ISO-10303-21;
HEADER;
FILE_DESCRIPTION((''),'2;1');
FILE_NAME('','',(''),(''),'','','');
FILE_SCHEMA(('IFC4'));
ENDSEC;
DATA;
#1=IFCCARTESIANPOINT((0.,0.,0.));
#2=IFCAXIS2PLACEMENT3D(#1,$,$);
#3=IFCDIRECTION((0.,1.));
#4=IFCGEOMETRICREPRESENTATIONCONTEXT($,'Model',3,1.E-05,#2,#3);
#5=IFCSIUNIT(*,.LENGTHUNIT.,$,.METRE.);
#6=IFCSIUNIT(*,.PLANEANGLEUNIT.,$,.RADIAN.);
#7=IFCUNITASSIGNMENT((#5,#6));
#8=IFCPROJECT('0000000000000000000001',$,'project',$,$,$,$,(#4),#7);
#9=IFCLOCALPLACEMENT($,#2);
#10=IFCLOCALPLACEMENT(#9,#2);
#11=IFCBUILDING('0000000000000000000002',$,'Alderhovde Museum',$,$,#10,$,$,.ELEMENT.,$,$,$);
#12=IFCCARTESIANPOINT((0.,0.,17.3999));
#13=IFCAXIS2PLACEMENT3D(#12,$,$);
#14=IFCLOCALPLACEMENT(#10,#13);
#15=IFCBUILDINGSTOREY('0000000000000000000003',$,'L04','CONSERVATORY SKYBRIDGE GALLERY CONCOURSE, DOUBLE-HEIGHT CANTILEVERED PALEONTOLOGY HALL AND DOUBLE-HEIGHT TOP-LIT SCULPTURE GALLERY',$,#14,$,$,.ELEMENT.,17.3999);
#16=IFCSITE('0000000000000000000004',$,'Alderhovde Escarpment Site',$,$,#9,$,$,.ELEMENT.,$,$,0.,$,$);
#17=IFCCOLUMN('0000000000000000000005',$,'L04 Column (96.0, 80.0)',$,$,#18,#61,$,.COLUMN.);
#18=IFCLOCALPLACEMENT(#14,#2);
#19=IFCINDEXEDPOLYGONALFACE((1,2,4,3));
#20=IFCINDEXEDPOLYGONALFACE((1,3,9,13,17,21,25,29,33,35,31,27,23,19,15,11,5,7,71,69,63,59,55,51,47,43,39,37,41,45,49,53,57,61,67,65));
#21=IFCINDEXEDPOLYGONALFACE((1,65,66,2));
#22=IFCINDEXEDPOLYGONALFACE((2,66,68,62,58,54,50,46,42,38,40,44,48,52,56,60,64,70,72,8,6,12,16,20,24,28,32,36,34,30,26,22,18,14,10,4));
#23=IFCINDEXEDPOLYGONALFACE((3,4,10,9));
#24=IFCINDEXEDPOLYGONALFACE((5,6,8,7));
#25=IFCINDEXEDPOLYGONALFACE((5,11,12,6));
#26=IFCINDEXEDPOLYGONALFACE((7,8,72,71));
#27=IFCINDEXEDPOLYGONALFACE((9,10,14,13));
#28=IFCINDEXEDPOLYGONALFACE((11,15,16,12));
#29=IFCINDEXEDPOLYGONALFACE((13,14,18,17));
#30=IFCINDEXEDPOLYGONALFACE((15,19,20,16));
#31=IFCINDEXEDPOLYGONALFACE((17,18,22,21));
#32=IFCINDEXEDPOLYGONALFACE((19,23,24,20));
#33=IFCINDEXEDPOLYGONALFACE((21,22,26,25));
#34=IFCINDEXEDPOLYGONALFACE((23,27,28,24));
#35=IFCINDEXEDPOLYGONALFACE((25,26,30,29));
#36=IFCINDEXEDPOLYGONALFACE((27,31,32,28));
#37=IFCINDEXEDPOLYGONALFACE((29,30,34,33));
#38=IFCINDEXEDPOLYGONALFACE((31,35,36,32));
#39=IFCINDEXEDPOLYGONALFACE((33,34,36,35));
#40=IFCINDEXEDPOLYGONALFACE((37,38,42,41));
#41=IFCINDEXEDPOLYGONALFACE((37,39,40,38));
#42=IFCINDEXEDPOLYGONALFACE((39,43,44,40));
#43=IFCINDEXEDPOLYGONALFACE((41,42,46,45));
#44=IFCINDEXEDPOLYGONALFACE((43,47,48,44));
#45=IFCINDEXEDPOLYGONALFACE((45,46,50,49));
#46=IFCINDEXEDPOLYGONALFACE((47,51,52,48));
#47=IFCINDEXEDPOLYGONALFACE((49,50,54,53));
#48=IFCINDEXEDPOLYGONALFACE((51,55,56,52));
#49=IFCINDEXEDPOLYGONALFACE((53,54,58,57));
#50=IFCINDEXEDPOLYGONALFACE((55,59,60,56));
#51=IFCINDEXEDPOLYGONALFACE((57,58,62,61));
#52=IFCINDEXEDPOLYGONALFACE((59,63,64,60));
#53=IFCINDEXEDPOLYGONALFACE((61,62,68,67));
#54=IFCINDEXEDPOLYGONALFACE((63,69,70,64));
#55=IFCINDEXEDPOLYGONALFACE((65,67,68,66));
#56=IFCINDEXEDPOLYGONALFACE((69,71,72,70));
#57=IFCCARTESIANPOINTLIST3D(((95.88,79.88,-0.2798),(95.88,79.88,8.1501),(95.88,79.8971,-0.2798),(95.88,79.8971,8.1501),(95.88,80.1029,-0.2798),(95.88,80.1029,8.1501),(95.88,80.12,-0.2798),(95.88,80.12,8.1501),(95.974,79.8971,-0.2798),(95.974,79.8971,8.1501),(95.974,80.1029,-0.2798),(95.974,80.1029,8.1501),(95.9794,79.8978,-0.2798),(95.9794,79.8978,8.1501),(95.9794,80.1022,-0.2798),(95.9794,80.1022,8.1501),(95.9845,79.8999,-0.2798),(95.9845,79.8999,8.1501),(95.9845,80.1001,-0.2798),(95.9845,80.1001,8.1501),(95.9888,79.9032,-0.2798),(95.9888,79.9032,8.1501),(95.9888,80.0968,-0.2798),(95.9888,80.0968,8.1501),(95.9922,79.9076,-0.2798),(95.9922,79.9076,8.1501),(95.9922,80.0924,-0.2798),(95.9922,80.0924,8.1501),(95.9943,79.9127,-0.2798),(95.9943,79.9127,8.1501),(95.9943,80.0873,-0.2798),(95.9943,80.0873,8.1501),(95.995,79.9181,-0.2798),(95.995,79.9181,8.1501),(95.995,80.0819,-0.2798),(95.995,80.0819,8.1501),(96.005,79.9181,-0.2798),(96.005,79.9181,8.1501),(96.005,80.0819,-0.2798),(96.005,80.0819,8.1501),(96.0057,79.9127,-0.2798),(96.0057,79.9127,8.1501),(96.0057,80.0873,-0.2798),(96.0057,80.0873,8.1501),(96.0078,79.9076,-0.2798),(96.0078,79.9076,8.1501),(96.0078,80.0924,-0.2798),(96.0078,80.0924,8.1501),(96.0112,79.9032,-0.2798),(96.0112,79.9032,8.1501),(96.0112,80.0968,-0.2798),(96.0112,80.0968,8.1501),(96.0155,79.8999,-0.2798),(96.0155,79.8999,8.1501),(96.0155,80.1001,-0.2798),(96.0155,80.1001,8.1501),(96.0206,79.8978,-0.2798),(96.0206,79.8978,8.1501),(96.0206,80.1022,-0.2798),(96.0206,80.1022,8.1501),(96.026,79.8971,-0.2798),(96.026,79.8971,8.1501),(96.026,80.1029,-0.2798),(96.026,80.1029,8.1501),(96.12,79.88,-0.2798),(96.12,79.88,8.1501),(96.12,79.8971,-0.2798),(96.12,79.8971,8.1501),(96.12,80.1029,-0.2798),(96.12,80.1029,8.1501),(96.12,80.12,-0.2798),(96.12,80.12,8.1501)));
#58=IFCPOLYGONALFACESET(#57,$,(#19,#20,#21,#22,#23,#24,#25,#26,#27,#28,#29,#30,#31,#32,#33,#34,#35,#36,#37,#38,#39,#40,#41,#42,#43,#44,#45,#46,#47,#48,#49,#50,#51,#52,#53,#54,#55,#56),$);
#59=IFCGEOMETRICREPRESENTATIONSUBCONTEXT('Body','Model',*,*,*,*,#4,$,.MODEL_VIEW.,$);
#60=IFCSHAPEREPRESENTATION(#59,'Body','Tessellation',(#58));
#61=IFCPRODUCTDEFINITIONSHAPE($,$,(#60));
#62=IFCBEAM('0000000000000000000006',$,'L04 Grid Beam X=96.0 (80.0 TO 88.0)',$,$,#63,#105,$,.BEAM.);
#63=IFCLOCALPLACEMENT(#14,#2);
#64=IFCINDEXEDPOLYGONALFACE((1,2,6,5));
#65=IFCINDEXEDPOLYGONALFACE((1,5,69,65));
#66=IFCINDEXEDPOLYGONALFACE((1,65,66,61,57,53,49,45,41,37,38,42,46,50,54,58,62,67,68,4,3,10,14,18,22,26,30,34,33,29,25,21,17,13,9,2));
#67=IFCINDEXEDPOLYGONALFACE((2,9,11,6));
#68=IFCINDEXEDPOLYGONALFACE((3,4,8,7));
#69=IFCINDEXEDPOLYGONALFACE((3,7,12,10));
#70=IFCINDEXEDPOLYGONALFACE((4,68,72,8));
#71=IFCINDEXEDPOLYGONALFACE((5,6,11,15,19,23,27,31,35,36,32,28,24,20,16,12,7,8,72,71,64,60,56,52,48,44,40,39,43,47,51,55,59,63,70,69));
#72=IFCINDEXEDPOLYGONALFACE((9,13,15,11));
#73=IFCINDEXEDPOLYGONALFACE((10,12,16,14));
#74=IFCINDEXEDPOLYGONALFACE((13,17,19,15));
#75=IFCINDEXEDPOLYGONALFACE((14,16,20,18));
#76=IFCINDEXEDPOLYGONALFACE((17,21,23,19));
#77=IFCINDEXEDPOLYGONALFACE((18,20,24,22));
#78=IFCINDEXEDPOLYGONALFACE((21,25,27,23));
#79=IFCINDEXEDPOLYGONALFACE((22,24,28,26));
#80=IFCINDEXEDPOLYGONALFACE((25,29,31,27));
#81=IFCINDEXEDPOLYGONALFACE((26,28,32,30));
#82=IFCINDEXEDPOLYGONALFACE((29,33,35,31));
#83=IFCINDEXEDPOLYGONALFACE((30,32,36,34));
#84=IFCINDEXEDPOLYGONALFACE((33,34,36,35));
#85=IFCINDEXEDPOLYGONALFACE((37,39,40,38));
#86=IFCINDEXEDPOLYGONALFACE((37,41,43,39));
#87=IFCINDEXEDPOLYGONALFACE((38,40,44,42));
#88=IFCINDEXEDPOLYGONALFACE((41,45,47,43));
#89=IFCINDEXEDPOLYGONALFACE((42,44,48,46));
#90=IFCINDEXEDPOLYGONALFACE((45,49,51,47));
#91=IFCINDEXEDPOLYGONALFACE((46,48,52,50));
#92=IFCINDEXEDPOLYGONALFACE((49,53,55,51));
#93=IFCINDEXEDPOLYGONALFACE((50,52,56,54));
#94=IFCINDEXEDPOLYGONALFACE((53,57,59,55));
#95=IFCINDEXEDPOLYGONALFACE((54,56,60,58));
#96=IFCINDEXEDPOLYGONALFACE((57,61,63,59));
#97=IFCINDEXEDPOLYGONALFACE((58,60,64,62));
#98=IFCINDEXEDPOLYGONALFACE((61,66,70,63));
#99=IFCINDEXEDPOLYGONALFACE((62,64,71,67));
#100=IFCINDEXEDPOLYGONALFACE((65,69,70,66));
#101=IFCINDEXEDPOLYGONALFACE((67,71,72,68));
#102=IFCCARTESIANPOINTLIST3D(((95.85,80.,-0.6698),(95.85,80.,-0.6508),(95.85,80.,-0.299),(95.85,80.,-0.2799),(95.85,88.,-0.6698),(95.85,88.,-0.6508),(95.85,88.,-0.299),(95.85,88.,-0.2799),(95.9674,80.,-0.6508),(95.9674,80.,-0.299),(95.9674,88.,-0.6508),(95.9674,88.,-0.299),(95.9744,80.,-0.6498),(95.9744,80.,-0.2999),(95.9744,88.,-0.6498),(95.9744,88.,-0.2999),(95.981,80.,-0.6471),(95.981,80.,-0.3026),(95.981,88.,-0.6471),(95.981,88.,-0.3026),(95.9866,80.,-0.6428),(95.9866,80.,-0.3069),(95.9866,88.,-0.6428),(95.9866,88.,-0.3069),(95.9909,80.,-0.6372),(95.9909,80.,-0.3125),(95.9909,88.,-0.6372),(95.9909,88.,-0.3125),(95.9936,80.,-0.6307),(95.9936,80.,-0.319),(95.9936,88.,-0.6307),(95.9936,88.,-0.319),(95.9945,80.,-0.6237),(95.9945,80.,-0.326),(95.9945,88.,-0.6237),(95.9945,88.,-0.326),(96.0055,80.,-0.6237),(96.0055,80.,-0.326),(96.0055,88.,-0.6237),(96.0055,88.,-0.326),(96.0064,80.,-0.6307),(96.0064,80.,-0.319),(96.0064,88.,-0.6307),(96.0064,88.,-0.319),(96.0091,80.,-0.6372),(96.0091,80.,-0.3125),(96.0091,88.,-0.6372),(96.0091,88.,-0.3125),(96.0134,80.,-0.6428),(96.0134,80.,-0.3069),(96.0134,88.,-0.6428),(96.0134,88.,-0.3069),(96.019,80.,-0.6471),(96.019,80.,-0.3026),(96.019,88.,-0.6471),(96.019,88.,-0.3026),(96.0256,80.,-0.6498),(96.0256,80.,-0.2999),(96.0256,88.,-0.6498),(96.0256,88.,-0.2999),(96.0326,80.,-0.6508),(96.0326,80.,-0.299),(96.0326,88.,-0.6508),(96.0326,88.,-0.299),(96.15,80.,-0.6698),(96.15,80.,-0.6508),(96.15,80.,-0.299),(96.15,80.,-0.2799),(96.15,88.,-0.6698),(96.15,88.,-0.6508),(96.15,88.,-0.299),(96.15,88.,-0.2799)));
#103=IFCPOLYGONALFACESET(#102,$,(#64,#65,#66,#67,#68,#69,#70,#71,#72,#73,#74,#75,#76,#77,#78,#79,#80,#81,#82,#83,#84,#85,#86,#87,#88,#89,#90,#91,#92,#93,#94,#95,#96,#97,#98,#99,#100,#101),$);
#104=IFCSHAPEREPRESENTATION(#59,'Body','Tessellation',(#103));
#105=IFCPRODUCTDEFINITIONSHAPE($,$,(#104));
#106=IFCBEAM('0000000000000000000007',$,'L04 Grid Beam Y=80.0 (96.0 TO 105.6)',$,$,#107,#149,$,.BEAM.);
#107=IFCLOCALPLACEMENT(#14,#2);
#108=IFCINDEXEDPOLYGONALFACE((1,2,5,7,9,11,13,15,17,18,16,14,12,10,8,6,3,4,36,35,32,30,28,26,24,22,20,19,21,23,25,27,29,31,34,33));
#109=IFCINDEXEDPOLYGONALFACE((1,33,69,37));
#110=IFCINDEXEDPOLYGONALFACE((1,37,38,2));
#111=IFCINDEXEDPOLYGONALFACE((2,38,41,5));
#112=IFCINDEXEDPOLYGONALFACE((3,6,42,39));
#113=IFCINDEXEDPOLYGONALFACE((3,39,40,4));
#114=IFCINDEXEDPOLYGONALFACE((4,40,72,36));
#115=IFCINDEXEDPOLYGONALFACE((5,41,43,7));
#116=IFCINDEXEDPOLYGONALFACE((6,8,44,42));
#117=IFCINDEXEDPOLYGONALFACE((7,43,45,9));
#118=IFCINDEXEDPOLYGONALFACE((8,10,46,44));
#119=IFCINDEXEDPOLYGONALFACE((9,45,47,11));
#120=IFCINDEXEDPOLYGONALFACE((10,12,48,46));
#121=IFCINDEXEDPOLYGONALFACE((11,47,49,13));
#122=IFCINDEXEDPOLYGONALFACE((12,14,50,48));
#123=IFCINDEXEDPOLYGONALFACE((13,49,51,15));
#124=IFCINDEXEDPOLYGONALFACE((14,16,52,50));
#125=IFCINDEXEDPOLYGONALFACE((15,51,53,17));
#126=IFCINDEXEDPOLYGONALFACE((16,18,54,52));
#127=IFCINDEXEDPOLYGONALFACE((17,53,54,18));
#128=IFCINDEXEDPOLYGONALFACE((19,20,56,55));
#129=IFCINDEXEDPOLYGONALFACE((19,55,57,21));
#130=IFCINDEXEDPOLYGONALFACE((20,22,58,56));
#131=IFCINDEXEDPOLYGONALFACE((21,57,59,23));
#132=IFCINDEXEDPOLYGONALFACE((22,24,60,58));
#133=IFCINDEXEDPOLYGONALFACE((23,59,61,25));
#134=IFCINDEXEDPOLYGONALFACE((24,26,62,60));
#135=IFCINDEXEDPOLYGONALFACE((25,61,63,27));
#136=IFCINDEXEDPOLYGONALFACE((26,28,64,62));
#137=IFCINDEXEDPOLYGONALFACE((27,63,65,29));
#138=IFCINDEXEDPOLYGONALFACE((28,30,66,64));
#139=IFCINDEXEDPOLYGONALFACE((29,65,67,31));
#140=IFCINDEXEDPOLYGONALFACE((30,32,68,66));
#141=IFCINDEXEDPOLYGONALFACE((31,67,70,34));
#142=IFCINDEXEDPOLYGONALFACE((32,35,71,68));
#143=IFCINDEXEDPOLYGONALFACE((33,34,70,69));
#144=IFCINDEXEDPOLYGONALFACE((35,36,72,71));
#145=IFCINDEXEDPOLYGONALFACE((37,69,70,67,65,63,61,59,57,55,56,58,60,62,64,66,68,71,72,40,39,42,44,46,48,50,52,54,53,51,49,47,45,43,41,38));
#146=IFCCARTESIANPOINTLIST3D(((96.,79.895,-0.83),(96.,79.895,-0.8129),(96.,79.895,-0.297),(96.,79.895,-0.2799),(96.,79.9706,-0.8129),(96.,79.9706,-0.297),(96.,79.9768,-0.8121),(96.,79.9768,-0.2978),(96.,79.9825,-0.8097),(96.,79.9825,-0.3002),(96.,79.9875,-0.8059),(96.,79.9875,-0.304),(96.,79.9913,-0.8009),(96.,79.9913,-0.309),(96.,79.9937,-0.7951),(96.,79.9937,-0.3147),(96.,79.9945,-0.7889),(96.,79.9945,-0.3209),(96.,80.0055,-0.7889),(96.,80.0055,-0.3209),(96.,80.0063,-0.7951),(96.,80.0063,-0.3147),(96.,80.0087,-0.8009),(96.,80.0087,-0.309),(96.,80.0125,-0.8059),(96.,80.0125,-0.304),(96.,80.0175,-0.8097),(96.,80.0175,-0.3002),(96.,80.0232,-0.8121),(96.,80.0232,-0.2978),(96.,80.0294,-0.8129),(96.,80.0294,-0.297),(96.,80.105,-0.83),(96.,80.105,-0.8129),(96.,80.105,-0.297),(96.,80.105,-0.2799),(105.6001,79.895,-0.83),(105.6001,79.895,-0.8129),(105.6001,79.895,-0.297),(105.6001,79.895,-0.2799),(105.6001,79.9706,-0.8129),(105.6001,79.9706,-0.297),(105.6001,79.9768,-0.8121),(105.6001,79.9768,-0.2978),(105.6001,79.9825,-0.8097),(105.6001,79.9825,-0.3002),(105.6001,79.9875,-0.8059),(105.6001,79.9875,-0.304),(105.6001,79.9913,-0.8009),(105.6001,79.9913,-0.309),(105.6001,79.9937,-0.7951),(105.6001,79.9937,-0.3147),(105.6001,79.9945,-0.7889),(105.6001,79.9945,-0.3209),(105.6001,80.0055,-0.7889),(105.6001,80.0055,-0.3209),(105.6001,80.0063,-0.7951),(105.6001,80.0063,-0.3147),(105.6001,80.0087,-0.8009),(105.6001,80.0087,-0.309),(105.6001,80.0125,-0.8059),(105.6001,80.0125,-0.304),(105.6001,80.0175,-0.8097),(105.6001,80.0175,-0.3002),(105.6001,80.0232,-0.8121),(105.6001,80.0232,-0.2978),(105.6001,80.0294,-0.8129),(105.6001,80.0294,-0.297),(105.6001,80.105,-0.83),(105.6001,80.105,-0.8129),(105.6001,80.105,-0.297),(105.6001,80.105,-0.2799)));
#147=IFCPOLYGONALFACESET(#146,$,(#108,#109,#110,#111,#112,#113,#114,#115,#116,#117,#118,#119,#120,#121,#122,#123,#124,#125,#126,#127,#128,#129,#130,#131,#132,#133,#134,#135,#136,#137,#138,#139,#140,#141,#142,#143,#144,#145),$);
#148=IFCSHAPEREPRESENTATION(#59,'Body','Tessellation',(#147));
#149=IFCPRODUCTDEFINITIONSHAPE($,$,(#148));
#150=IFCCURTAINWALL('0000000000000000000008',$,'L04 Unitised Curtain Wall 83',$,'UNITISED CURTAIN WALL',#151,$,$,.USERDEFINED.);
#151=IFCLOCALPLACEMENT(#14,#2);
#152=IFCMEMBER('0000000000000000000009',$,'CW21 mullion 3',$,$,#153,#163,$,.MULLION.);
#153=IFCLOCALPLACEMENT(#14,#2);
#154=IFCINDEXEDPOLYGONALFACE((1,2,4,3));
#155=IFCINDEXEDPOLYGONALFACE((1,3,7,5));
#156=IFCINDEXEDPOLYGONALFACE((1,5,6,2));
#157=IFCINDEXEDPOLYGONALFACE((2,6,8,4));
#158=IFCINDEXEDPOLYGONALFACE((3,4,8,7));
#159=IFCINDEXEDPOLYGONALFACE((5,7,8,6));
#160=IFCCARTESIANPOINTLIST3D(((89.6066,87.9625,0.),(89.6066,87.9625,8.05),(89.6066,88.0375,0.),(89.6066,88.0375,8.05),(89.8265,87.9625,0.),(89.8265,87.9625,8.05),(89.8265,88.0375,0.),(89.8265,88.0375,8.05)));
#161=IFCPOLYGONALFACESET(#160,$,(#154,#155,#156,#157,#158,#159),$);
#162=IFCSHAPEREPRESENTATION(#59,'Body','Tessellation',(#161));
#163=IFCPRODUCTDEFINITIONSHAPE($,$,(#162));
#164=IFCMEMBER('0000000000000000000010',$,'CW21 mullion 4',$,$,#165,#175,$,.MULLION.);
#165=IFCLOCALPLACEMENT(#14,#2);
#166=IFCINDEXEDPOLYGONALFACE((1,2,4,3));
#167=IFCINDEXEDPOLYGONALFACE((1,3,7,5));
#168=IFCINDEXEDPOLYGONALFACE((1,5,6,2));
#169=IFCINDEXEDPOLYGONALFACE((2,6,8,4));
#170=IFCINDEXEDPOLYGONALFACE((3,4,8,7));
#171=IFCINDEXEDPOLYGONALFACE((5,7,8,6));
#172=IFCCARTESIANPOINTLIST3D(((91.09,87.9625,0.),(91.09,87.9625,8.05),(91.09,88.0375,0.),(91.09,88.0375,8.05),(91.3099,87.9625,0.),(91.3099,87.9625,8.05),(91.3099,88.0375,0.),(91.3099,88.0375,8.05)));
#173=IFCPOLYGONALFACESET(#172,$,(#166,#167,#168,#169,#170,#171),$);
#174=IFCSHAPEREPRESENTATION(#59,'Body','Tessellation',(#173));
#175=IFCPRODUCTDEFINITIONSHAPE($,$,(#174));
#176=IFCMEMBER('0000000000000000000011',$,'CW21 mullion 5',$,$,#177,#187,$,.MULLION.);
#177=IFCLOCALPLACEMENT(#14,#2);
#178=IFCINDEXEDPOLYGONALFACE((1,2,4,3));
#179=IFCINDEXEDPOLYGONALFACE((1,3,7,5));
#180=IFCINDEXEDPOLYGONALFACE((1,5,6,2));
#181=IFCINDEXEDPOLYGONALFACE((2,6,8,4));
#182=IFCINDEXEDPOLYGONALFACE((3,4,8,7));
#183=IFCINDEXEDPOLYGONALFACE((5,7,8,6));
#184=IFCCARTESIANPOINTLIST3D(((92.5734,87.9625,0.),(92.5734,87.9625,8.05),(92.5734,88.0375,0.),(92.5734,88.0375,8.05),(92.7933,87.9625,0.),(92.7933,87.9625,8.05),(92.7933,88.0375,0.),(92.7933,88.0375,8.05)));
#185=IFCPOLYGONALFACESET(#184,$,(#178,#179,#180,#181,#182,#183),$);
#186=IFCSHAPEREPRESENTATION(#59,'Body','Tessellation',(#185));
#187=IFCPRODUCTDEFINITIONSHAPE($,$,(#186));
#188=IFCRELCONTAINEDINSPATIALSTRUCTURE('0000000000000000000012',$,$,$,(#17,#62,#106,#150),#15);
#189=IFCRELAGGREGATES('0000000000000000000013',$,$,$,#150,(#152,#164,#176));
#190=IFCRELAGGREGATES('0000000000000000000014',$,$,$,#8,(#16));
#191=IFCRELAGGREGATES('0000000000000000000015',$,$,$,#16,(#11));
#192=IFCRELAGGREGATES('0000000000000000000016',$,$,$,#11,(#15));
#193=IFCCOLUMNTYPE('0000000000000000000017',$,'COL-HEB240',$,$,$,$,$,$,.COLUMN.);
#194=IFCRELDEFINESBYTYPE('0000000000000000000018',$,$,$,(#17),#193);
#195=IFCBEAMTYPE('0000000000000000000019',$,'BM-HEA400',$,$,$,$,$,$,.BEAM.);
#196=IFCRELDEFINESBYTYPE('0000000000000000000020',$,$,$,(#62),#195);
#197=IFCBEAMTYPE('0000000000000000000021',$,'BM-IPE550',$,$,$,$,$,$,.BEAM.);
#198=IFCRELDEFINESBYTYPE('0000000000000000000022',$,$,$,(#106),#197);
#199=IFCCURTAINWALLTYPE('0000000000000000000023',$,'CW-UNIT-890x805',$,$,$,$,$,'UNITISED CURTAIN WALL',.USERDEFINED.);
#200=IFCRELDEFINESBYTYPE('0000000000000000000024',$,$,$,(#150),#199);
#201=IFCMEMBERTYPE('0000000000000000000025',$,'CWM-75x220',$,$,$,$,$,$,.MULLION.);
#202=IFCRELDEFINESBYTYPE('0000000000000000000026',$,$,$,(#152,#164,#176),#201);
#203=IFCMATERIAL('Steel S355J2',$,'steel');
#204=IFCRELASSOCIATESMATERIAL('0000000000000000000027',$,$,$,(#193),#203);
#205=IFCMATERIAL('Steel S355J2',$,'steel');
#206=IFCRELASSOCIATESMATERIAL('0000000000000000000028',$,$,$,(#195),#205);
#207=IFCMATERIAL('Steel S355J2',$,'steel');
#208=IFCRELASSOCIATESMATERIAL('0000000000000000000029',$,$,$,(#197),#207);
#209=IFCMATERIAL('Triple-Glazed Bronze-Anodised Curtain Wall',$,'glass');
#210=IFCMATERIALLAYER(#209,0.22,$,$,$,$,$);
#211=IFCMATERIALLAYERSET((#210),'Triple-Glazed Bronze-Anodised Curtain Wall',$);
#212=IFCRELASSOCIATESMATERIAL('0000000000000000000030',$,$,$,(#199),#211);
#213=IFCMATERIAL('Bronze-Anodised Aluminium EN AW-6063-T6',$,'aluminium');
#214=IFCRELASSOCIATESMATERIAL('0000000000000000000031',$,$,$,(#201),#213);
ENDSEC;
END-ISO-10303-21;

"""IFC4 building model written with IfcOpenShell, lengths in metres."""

from ifc_helpers import new_model, si_unit, direction, frame, origin, origin_2d, place, context, subcontext, project, spatial, rectangle, i_section, extrude, material, layer, layer_set, material_profile, profile_set, type_object, element, aggregate, save


model = new_model("IFC4")

# Units and contexts
model_context = context("Model", 3, precision=1e-05, world=origin(), true_north=direction((0.0, 1.0)))
body_context = subcontext(model_context, "Body", "Model", "MODEL_VIEW")
ifc_project = project(units=[si_unit("LENGTHUNIT", "METRE"), si_unit("PLANEANGLEUNIT", "RADIAN")], contexts=[model_context])

# Site, building, storey
site_placement = place(None, origin())
site = spatial("IfcSite", under=ifc_project, at=site_placement, Name="Alderhovde Escarpment Site", CompositionType="ELEMENT", RefElevation=0.0)
building_placement = place(site_placement, origin())
building = spatial("IfcBuilding", under=site, at=building_placement, Name="Alderhovde Museum", CompositionType="ELEMENT")
storey_placement = place(building_placement, frame((0.0, 0.0, 17.3999)))
storey = spatial("IfcBuildingStorey", under=building, at=storey_placement, Name="L04", Description="CONSERVATORY SKYBRIDGE GALLERY CONCOURSE, DOUBLE-HEIGHT CANTILEVERED PALEONTOLOGY HALL AND DOUBLE-HEIGHT TOP-LIT SCULPTURE GALLERY", CompositionType="ELEMENT", Elevation=17.3999)

# Column
ifc_material_1 = material(Name="Steel S355J2", Category="steel")
ifc_material_profile_1 = material_profile(ifc_material_1, i_section(OverallWidth=0.24, OverallDepth=0.24, WebThickness=0.01, FlangeThickness=0.0171, FilletRadius=0.021, at=origin_2d()), Name="HEB 240")
ifc_profile_set_1 = profile_set([ifc_material_profile_1], Name="Steel S355J2")
column_type = type_object("IfcColumnType", Name="COL-HEB240", PredefinedType="COLUMN", material=ifc_profile_set_1)
column_placement = place(storey_placement, frame((96.0, 80.0, -0.2798), z_axis=(0.0, 0.0, 1.0), x_axis=(1.0, 0.0, 0.0)))
element("IfcColumn", 1, at=column_placement, inside=storey, type_object=column_type, Name="L04 Column (96.0, 80.0)", PredefinedType="COLUMN", context=body_context, shape_type="SweptSolid", body=[
    extrude(i_section(OverallWidth=0.24, OverallDepth=0.24, WebThickness=0.01, FlangeThickness=0.0171, FilletRadius=0.021, at=origin_2d()), origin(), (0.0, 0.0, 1.0), 8.4299),
])

# Beams
ifc_material_2 = material(Name="Steel S355J2", Category="steel")
ifc_material_profile_2 = material_profile(ifc_material_2, i_section(OverallWidth=0.3, OverallDepth=0.3899, WebThickness=0.011, FlangeThickness=0.019, FilletRadius=0.0271, at=origin_2d()), Name="HEA 400")
ifc_profile_set_2 = profile_set([ifc_material_profile_2], Name="Steel S355J2")
beam_type_1 = type_object("IfcBeamType", Name="BM-HEA400", PredefinedType="BEAM", material=ifc_profile_set_2)
beam_1_placement = place(storey_placement, frame((96.0, 80.0, -0.4749), z_axis=(0.0, 1.0, 0.0), x_axis=(-1.0, 0.0, 0.0)))
element("IfcBeam", 2, at=beam_1_placement, inside=storey, type_object=beam_type_1, Name="L04 Grid Beam X=96.0 (80.0 TO 88.0)", PredefinedType="BEAM", context=body_context, shape_type="SweptSolid", body=[
    extrude(i_section(OverallWidth=0.3, OverallDepth=0.3899, WebThickness=0.011, FlangeThickness=0.019, FilletRadius=0.0271, at=origin_2d()), origin(), (0.0, 0.0, 1.0), 8.0),
])
ifc_material_3 = material(Name="Steel S355J2", Category="steel")
ifc_material_profile_3 = material_profile(ifc_material_3, i_section(OverallWidth=0.21, OverallDepth=0.55, WebThickness=0.011, FlangeThickness=0.0171, FilletRadius=0.0239, at=origin_2d()), Name="IPE 550")
ifc_profile_set_3 = profile_set([ifc_material_profile_3], Name="Steel S355J2")
beam_type_2 = type_object("IfcBeamType", Name="BM-IPE550", PredefinedType="BEAM", material=ifc_profile_set_3)
beam_2_placement = place(storey_placement, frame((96.0, 80.0, -0.5549), z_axis=(1.0, 0.0, 0.0), x_axis=(0.0, 1.0, 0.0)))
element("IfcBeam", 3, at=beam_2_placement, inside=storey, type_object=beam_type_2, Name="L04 Grid Beam Y=80.0 (96.0 TO 105.6)", PredefinedType="BEAM", context=body_context, shape_type="SweptSolid", body=[
    extrude(i_section(OverallWidth=0.21, OverallDepth=0.55, WebThickness=0.011, FlangeThickness=0.0171, FilletRadius=0.0239, at=origin_2d()), origin(), (0.0, 0.0, 1.0), 9.6001),
])

# Curtain wall, members
ifc_material_4 = material(Name="Triple-Glazed Bronze-Anodised Curtain Wall", Category="glass")
ifc_layer_1 = layer(ifc_material_4, 0.22)
ifc_layer_set_1 = layer_set([ifc_layer_1], Name="Triple-Glazed Bronze-Anodised Curtain Wall")
curtain_wall_type = type_object("IfcCurtainWallType", Name="CW-UNIT-890x805", ElementType="UNITISED CURTAIN WALL", PredefinedType="USERDEFINED", material=ifc_layer_set_1)
curtain_wall_placement = place(storey_placement, origin())
curtain_wall = element("IfcCurtainWall", 4, at=curtain_wall_placement, inside=storey, type_object=curtain_wall_type, Name="L04 Unitised Curtain Wall 83", ObjectType="UNITISED CURTAIN WALL", PredefinedType="USERDEFINED")
ifc_material_5 = material(Name="Bronze-Anodised Aluminium EN AW-6063-T6", Category="aluminium")
ifc_material_profile_4 = material_profile(ifc_material_5, rectangle(XDim=0.075, YDim=0.22, at=origin_2d()), Name="MULLION 75x220")
ifc_profile_set_4 = profile_set([ifc_material_profile_4], Name="Bronze-Anodised Aluminium EN AW-6063-T6")
member_type_1 = type_object("IfcMemberType", Name="CWM-75x220", PredefinedType="MULLION", material=ifc_profile_set_4)
member_1_placement = place(storey_placement, frame((89.7166, 88.0, 0.0), z_axis=(0.0, 0.0, 1.0), x_axis=(0.0, 1.0, 0.0)))
member_1 = element("IfcMember", 5, at=member_1_placement, type_object=member_type_1, Name="CW21 mullion 3", PredefinedType="MULLION", context=body_context, shape_type="SweptSolid", body=[
    extrude(rectangle(XDim=0.075, YDim=0.22, at=origin_2d()), origin(), (0.0, 0.0, 1.0), 8.05),
])
member_2_placement = place(storey_placement, frame((91.2, 88.0, 0.0), z_axis=(0.0, 0.0, 1.0), x_axis=(0.0, 1.0, 0.0)))
member_2 = element("IfcMember", 6, at=member_2_placement, type_object=member_type_1, Name="CW21 mullion 4", PredefinedType="MULLION", context=body_context, shape_type="SweptSolid", body=[
    extrude(rectangle(XDim=0.075, YDim=0.22, at=origin_2d()), origin(), (0.0, 0.0, 1.0), 8.05),
])
member_3_placement = place(storey_placement, frame((92.6833, 88.0, 0.0), z_axis=(0.0, 0.0, 1.0), x_axis=(0.0, 1.0, 0.0)))
member_3 = element("IfcMember", 7, at=member_3_placement, type_object=member_type_1, Name="CW21 mullion 5", PredefinedType="MULLION", context=body_context, shape_type="SweptSolid", body=[
    extrude(rectangle(XDim=0.075, YDim=0.22, at=origin_2d()), origin(), (0.0, 0.0, 1.0), 8.05),
])

aggregate(curtain_wall, [member_1, member_2, member_3])

save(model, "model.ifc")
